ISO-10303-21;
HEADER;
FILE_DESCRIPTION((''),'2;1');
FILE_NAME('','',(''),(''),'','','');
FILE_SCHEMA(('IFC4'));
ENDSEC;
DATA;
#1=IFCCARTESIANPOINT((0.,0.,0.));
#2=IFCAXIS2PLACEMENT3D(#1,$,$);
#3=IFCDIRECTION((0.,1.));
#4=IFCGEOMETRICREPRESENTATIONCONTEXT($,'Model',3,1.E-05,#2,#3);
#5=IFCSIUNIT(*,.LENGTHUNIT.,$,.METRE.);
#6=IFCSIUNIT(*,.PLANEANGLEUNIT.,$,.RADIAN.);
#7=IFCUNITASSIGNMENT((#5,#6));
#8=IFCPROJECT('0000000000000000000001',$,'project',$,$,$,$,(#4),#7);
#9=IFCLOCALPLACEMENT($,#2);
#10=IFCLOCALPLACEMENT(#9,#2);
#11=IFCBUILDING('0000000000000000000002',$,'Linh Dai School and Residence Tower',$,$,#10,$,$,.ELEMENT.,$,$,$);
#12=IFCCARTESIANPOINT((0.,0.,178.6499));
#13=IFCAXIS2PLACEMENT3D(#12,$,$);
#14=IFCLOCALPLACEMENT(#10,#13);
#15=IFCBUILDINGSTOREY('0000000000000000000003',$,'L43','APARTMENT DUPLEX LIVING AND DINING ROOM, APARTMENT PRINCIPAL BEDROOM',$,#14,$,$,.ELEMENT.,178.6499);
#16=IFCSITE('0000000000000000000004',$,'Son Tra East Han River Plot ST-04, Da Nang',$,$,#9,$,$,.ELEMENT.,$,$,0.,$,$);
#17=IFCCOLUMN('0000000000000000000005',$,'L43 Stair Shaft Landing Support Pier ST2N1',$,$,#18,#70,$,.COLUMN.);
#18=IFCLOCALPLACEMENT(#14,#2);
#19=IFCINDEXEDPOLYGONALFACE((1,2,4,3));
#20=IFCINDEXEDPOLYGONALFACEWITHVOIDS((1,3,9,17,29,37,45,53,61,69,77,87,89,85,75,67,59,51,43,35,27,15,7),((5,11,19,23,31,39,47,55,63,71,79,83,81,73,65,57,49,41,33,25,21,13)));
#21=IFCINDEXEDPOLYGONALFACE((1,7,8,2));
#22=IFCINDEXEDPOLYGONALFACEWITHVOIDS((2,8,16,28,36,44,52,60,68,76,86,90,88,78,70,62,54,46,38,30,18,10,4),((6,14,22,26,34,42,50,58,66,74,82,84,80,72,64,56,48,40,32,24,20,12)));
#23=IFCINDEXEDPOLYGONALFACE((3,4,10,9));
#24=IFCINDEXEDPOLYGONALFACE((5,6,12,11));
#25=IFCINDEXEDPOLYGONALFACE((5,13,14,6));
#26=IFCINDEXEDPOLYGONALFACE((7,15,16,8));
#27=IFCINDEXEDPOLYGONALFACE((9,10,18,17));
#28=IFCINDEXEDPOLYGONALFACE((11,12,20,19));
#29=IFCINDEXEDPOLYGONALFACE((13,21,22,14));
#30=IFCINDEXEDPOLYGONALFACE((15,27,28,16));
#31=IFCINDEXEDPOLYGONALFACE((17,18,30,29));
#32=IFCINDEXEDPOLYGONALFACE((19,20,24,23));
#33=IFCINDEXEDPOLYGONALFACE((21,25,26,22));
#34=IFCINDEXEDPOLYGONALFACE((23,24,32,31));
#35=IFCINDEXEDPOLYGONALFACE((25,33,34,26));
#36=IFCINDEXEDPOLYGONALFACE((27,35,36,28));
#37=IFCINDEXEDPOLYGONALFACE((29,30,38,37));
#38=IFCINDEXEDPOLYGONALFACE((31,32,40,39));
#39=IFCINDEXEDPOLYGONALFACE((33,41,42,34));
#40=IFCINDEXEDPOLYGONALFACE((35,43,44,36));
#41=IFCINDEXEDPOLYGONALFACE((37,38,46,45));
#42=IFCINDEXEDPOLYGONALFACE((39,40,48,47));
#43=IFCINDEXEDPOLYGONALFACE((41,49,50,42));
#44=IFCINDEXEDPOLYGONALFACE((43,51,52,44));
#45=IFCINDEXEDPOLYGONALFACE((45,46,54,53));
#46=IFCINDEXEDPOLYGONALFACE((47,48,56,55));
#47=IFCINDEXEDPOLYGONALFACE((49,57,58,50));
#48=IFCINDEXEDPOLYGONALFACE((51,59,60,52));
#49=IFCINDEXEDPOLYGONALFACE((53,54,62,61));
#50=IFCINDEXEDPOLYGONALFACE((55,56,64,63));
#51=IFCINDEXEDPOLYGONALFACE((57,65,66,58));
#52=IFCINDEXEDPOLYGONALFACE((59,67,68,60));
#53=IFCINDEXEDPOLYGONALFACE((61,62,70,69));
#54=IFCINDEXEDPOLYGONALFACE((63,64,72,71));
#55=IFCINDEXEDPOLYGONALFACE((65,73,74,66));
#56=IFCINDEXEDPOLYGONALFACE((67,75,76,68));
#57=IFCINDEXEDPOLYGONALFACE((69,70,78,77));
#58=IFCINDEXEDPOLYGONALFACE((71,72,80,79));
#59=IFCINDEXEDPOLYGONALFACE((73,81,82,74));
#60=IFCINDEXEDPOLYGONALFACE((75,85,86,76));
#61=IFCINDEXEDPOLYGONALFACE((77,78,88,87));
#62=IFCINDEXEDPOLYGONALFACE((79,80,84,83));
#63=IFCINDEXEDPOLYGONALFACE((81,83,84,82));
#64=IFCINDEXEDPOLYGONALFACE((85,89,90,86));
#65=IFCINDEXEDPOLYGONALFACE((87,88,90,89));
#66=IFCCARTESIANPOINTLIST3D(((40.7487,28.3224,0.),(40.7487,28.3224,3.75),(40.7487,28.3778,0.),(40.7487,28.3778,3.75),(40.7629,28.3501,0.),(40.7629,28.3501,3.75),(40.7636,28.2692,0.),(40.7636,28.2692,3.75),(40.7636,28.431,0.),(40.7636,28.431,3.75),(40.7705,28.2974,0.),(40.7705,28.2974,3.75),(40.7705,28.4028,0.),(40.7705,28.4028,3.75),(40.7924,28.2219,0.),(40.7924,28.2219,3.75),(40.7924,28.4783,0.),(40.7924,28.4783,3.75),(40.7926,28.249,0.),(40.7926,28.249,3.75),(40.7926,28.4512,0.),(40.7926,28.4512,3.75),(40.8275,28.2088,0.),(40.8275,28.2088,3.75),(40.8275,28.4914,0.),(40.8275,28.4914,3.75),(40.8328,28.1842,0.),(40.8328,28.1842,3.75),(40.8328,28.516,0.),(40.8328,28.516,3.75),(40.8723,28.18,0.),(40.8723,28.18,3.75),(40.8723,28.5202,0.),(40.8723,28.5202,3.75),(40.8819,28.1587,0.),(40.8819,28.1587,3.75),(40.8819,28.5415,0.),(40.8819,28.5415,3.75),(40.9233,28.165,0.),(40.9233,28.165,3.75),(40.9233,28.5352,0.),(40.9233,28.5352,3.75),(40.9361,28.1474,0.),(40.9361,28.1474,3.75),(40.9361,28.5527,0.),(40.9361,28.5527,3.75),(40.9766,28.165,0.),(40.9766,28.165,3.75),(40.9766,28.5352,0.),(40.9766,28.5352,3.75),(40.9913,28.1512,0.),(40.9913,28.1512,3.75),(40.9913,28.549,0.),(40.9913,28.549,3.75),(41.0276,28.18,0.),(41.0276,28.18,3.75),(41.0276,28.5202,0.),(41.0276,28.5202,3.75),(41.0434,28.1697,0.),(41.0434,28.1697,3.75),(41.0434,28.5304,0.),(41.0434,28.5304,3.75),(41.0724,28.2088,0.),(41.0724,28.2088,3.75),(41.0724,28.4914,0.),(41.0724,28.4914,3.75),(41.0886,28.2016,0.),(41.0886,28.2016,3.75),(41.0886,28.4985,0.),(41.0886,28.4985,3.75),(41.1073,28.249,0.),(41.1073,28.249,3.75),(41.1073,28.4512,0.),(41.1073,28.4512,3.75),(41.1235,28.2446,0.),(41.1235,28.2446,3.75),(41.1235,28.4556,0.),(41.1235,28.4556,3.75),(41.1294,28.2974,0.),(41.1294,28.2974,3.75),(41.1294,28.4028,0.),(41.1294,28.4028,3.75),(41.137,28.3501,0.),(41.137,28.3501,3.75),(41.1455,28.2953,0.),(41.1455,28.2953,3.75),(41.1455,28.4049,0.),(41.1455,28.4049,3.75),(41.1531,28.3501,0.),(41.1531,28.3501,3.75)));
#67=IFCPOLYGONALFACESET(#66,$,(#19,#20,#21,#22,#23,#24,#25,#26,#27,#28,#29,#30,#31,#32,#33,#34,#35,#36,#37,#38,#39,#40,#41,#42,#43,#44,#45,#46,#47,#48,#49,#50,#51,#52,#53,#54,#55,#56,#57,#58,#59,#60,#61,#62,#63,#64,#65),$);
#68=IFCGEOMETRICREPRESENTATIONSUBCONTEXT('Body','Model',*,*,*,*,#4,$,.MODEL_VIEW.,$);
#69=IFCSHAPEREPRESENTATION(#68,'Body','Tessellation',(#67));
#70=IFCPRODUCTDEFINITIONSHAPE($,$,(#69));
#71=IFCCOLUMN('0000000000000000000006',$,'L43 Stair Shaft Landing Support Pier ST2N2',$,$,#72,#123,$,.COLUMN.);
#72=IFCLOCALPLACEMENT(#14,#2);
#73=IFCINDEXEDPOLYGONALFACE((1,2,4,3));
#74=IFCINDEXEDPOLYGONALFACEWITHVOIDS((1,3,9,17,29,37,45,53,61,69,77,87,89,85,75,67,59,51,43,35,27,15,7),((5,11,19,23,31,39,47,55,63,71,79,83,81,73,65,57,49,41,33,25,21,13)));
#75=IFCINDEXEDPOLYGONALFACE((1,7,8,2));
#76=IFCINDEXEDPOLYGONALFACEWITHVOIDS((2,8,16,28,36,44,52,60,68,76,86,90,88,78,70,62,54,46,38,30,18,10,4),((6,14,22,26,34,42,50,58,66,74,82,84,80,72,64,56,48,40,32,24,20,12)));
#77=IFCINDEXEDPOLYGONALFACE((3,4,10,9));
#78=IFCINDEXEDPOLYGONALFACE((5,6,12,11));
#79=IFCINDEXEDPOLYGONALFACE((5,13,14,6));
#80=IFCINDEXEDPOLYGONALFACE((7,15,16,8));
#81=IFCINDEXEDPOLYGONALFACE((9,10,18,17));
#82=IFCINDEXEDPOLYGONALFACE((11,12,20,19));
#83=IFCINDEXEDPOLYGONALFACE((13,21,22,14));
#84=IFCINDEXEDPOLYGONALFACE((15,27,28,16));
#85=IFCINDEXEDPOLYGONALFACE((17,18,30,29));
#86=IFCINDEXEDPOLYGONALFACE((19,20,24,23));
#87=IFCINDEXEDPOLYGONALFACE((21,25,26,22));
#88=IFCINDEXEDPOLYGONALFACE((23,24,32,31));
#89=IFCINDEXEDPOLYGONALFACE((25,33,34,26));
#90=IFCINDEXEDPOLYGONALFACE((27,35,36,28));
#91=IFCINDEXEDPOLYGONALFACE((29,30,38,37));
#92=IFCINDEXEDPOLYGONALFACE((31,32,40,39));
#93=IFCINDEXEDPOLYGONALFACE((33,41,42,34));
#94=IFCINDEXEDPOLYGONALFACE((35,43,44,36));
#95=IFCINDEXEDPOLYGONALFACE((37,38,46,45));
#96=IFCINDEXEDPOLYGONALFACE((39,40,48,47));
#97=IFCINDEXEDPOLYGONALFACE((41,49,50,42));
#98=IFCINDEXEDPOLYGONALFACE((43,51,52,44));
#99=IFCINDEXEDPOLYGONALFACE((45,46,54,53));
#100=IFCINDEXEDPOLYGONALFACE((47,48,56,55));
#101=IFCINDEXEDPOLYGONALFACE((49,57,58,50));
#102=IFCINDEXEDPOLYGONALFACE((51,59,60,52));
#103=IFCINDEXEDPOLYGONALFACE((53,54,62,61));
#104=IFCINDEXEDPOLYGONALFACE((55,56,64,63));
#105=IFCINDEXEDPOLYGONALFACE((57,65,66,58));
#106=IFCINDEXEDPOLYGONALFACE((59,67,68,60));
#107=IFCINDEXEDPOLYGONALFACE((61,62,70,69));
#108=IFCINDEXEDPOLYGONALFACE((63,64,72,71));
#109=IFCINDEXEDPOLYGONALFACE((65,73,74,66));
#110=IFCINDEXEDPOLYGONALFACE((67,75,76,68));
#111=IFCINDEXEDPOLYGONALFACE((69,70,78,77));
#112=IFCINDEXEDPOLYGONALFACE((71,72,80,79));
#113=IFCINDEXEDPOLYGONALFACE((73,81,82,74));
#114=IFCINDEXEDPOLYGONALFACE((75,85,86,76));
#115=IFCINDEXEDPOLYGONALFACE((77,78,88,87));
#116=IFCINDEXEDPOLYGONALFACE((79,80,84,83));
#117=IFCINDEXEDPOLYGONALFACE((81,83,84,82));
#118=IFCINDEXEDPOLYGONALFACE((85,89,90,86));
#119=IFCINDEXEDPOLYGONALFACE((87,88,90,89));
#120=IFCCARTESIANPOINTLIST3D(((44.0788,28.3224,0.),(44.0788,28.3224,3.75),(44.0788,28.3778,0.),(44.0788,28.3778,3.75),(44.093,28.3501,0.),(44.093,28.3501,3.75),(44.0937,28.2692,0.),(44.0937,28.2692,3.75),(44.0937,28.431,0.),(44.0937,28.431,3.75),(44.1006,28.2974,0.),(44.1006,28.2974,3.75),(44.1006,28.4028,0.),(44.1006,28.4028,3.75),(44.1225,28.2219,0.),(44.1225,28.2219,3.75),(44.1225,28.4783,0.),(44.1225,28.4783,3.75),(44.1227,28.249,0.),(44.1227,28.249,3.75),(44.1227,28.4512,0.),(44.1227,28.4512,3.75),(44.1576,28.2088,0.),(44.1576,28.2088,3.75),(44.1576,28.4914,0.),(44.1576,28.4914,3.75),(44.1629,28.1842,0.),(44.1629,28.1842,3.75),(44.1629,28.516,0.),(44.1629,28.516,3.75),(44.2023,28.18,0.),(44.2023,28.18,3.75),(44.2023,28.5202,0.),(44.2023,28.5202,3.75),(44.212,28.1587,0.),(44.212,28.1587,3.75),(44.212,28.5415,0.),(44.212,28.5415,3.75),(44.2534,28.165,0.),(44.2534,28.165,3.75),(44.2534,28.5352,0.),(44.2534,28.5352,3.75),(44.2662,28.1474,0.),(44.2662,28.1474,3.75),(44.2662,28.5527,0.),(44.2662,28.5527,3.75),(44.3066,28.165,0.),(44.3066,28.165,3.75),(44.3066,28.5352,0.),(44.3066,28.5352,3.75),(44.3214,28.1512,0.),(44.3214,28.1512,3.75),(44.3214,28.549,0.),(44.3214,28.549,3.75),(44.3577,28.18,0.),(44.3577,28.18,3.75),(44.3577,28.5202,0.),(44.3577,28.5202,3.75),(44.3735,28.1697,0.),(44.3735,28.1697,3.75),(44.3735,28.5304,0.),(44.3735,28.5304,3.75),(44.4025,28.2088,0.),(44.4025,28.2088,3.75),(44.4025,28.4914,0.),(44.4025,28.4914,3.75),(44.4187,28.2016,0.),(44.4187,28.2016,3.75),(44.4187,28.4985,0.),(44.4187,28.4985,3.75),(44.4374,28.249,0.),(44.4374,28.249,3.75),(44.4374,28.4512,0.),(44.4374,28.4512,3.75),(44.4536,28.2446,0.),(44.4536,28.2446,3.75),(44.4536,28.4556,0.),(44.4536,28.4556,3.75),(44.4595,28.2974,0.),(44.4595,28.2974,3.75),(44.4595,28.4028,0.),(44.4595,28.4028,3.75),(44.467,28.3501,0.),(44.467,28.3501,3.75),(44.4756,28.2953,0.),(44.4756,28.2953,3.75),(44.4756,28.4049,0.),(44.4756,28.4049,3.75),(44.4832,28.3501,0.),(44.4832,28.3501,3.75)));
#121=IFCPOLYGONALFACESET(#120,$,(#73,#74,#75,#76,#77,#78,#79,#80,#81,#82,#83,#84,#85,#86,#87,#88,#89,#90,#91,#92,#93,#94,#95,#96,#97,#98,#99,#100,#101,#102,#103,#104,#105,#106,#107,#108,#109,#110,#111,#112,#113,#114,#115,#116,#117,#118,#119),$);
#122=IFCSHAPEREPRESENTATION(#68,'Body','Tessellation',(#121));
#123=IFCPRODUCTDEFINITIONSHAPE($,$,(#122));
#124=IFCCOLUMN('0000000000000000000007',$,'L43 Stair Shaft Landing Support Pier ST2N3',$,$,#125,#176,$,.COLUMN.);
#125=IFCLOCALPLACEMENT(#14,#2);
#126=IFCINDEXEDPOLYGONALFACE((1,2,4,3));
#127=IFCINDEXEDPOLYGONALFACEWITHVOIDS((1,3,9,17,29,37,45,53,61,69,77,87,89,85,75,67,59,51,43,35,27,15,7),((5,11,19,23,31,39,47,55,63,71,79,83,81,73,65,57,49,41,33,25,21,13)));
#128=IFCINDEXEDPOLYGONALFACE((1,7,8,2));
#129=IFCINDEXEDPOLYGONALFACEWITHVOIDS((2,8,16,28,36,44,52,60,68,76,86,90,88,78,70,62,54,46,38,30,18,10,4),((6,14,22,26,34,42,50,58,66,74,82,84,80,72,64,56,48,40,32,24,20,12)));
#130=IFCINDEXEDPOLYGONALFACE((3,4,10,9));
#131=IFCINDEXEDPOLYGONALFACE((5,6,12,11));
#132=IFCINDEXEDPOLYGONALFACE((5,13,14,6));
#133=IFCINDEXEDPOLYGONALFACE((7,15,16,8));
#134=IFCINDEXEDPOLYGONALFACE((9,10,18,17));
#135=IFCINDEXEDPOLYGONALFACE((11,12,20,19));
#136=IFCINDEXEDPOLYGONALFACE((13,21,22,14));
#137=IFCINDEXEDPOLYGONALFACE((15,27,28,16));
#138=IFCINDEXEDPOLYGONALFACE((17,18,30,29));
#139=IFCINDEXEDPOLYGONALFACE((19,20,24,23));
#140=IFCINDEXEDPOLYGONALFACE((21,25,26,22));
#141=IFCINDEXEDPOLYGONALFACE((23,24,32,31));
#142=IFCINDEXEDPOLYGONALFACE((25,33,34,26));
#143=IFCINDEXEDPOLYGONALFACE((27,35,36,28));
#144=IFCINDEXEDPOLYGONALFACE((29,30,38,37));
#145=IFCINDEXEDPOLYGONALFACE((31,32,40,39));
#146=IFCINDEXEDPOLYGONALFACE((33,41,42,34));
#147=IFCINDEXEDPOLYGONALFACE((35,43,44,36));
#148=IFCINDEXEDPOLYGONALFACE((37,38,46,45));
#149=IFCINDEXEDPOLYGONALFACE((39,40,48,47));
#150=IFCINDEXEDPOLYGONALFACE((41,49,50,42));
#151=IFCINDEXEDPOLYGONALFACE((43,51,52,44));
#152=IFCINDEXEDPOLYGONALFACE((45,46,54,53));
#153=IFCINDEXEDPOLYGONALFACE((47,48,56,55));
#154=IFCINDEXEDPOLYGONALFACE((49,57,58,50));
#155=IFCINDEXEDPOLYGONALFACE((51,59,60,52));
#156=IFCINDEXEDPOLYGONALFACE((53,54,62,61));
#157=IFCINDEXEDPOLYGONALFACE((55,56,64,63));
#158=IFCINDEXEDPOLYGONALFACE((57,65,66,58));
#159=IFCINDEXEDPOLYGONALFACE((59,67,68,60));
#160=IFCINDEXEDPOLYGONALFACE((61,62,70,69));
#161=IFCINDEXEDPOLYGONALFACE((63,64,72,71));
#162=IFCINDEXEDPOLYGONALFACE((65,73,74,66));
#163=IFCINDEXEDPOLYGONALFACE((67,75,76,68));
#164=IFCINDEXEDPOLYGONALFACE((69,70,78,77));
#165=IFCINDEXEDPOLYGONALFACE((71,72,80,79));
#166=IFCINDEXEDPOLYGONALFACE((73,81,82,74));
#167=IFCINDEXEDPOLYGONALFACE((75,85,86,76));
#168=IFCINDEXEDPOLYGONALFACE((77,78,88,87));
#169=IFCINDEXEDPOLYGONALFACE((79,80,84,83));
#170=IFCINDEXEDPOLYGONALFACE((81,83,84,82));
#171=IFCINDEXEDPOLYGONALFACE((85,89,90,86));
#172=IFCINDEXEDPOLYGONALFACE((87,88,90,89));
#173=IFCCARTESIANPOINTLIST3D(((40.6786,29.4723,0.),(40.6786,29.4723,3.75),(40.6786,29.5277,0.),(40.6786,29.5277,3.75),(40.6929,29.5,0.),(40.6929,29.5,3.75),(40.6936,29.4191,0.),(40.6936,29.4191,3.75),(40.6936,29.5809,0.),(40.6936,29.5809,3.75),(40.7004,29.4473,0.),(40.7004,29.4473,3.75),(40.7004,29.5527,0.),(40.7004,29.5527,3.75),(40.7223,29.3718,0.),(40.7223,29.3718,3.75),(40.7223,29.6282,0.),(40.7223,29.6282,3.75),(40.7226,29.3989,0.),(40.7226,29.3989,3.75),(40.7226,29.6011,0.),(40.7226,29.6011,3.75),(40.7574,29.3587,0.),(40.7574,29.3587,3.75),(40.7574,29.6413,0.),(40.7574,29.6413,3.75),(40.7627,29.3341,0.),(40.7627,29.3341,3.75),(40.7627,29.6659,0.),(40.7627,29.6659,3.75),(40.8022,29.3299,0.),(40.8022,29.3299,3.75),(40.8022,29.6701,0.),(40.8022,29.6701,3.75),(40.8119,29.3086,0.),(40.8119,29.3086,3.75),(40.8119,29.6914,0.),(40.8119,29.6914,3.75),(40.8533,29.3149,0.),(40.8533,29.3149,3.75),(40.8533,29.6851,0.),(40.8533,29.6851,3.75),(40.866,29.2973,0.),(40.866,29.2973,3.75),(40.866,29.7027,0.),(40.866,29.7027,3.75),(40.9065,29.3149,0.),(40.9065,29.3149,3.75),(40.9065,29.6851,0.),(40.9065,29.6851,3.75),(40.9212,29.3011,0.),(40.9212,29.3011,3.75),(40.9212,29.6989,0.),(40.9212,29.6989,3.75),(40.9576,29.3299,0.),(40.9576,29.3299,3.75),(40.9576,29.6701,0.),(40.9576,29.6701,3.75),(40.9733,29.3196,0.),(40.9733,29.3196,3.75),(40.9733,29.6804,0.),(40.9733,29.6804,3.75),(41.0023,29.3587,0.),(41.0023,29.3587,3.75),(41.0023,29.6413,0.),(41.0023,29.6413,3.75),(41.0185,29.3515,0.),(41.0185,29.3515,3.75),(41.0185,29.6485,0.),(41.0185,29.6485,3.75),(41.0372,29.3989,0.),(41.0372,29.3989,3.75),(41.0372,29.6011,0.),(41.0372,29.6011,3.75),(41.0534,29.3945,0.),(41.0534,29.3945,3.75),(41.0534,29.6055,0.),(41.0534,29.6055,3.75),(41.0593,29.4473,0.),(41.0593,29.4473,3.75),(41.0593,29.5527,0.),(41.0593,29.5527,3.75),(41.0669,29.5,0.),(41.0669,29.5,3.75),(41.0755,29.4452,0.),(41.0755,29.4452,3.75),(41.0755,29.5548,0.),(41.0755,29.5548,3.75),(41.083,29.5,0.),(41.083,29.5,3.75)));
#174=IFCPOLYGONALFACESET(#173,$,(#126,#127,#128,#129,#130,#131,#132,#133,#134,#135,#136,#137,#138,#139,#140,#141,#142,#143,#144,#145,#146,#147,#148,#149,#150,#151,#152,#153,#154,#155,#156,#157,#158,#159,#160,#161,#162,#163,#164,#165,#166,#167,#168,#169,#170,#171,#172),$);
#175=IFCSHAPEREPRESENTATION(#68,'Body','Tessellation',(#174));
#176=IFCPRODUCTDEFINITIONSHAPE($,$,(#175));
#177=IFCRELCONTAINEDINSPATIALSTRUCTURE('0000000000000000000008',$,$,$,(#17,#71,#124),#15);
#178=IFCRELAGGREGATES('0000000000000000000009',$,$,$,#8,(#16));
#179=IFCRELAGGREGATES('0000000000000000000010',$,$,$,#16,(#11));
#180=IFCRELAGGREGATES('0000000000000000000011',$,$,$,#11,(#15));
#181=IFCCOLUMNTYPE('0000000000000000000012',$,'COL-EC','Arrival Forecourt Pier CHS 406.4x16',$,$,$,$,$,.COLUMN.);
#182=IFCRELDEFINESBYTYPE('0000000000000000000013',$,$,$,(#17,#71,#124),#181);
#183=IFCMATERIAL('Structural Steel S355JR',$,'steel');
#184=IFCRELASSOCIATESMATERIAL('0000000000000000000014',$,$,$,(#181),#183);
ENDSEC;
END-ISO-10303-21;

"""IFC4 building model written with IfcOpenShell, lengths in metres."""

from ifc_helpers import new_model, si_unit, direction, frame, origin, origin_2d, place, context, subcontext, project, spatial, hollow_circle, extrude, material, material_profile, profile_set, type_object, element, save


model = new_model("IFC4")

# Units and contexts
model_context = context("Model", 3, precision=1e-05, world=origin(), true_north=direction((0.0, 1.0)))
body_context = subcontext(model_context, "Body", "Model", "MODEL_VIEW")
ifc_project = project(units=[si_unit("LENGTHUNIT", "METRE"), si_unit("PLANEANGLEUNIT", "RADIAN")], contexts=[model_context])

# Site, building, storey
site_placement = place(None, origin())
site = spatial("IfcSite", under=ifc_project, at=site_placement, Name="Son Tra East Han River Plot ST-04, Da Nang", CompositionType="ELEMENT", RefElevation=0.0)
building_placement = place(site_placement, origin())
building = spatial("IfcBuilding", under=site, at=building_placement, Name="Linh Dai School and Residence Tower", CompositionType="ELEMENT")
storey_placement = place(building_placement, frame((0.0, 0.0, 178.6499)))
storey = spatial("IfcBuildingStorey", under=building, at=storey_placement, Name="L43", Description="APARTMENT DUPLEX LIVING AND DINING ROOM, APARTMENT PRINCIPAL BEDROOM", CompositionType="ELEMENT", Elevation=178.6499)

# Columns
ifc_material_1 = material(Name="Structural Steel S355JR", Category="steel")
ifc_material_profile_1 = material_profile(ifc_material_1, hollow_circle(Radius=0.2031, WallThickness=0.0161, at=origin_2d()), Name="CHS 406.4x16")
ifc_profile_set_1 = profile_set([ifc_material_profile_1], Name="Structural Steel S355JR")
column_type_1 = type_object("IfcColumnType", Name="COL-EC", Description="Arrival Forecourt Pier CHS 406.4x16", PredefinedType="COLUMN", material=ifc_profile_set_1)
for number, where, z_axis, x_axis, name in (
    (1, (40.95, 28.3501, 0.0), (0.0, 0.0, 1.0), (1.0, 0.0, 0.0), "L43 Stair Shaft Landing Support Pier ST2N1"),
    (2, (44.28, 28.3501, 0.0), (0.0, 0.0, 1.0), (1.0, 0.0, 0.0), "L43 Stair Shaft Landing Support Pier ST2N2"),
    (3, (40.8799, 29.5, 0.0), (0.0, 0.0, 1.0), (1.0, 0.0, 0.0), "L43 Stair Shaft Landing Support Pier ST2N3"),
):
    element("IfcColumn", number, at=place(storey_placement, frame(where, z_axis=z_axis, x_axis=x_axis)), inside=storey, type_object=column_type_1, Name=name, PredefinedType="COLUMN", context=body_context, shape_type="SweptSolid", body=[
        extrude(hollow_circle(Radius=0.2031, WallThickness=0.0161, at=origin_2d()), origin(), (0.0, 0.0, 1.0), 3.75),
    ])

save(model, "model.ifc")
